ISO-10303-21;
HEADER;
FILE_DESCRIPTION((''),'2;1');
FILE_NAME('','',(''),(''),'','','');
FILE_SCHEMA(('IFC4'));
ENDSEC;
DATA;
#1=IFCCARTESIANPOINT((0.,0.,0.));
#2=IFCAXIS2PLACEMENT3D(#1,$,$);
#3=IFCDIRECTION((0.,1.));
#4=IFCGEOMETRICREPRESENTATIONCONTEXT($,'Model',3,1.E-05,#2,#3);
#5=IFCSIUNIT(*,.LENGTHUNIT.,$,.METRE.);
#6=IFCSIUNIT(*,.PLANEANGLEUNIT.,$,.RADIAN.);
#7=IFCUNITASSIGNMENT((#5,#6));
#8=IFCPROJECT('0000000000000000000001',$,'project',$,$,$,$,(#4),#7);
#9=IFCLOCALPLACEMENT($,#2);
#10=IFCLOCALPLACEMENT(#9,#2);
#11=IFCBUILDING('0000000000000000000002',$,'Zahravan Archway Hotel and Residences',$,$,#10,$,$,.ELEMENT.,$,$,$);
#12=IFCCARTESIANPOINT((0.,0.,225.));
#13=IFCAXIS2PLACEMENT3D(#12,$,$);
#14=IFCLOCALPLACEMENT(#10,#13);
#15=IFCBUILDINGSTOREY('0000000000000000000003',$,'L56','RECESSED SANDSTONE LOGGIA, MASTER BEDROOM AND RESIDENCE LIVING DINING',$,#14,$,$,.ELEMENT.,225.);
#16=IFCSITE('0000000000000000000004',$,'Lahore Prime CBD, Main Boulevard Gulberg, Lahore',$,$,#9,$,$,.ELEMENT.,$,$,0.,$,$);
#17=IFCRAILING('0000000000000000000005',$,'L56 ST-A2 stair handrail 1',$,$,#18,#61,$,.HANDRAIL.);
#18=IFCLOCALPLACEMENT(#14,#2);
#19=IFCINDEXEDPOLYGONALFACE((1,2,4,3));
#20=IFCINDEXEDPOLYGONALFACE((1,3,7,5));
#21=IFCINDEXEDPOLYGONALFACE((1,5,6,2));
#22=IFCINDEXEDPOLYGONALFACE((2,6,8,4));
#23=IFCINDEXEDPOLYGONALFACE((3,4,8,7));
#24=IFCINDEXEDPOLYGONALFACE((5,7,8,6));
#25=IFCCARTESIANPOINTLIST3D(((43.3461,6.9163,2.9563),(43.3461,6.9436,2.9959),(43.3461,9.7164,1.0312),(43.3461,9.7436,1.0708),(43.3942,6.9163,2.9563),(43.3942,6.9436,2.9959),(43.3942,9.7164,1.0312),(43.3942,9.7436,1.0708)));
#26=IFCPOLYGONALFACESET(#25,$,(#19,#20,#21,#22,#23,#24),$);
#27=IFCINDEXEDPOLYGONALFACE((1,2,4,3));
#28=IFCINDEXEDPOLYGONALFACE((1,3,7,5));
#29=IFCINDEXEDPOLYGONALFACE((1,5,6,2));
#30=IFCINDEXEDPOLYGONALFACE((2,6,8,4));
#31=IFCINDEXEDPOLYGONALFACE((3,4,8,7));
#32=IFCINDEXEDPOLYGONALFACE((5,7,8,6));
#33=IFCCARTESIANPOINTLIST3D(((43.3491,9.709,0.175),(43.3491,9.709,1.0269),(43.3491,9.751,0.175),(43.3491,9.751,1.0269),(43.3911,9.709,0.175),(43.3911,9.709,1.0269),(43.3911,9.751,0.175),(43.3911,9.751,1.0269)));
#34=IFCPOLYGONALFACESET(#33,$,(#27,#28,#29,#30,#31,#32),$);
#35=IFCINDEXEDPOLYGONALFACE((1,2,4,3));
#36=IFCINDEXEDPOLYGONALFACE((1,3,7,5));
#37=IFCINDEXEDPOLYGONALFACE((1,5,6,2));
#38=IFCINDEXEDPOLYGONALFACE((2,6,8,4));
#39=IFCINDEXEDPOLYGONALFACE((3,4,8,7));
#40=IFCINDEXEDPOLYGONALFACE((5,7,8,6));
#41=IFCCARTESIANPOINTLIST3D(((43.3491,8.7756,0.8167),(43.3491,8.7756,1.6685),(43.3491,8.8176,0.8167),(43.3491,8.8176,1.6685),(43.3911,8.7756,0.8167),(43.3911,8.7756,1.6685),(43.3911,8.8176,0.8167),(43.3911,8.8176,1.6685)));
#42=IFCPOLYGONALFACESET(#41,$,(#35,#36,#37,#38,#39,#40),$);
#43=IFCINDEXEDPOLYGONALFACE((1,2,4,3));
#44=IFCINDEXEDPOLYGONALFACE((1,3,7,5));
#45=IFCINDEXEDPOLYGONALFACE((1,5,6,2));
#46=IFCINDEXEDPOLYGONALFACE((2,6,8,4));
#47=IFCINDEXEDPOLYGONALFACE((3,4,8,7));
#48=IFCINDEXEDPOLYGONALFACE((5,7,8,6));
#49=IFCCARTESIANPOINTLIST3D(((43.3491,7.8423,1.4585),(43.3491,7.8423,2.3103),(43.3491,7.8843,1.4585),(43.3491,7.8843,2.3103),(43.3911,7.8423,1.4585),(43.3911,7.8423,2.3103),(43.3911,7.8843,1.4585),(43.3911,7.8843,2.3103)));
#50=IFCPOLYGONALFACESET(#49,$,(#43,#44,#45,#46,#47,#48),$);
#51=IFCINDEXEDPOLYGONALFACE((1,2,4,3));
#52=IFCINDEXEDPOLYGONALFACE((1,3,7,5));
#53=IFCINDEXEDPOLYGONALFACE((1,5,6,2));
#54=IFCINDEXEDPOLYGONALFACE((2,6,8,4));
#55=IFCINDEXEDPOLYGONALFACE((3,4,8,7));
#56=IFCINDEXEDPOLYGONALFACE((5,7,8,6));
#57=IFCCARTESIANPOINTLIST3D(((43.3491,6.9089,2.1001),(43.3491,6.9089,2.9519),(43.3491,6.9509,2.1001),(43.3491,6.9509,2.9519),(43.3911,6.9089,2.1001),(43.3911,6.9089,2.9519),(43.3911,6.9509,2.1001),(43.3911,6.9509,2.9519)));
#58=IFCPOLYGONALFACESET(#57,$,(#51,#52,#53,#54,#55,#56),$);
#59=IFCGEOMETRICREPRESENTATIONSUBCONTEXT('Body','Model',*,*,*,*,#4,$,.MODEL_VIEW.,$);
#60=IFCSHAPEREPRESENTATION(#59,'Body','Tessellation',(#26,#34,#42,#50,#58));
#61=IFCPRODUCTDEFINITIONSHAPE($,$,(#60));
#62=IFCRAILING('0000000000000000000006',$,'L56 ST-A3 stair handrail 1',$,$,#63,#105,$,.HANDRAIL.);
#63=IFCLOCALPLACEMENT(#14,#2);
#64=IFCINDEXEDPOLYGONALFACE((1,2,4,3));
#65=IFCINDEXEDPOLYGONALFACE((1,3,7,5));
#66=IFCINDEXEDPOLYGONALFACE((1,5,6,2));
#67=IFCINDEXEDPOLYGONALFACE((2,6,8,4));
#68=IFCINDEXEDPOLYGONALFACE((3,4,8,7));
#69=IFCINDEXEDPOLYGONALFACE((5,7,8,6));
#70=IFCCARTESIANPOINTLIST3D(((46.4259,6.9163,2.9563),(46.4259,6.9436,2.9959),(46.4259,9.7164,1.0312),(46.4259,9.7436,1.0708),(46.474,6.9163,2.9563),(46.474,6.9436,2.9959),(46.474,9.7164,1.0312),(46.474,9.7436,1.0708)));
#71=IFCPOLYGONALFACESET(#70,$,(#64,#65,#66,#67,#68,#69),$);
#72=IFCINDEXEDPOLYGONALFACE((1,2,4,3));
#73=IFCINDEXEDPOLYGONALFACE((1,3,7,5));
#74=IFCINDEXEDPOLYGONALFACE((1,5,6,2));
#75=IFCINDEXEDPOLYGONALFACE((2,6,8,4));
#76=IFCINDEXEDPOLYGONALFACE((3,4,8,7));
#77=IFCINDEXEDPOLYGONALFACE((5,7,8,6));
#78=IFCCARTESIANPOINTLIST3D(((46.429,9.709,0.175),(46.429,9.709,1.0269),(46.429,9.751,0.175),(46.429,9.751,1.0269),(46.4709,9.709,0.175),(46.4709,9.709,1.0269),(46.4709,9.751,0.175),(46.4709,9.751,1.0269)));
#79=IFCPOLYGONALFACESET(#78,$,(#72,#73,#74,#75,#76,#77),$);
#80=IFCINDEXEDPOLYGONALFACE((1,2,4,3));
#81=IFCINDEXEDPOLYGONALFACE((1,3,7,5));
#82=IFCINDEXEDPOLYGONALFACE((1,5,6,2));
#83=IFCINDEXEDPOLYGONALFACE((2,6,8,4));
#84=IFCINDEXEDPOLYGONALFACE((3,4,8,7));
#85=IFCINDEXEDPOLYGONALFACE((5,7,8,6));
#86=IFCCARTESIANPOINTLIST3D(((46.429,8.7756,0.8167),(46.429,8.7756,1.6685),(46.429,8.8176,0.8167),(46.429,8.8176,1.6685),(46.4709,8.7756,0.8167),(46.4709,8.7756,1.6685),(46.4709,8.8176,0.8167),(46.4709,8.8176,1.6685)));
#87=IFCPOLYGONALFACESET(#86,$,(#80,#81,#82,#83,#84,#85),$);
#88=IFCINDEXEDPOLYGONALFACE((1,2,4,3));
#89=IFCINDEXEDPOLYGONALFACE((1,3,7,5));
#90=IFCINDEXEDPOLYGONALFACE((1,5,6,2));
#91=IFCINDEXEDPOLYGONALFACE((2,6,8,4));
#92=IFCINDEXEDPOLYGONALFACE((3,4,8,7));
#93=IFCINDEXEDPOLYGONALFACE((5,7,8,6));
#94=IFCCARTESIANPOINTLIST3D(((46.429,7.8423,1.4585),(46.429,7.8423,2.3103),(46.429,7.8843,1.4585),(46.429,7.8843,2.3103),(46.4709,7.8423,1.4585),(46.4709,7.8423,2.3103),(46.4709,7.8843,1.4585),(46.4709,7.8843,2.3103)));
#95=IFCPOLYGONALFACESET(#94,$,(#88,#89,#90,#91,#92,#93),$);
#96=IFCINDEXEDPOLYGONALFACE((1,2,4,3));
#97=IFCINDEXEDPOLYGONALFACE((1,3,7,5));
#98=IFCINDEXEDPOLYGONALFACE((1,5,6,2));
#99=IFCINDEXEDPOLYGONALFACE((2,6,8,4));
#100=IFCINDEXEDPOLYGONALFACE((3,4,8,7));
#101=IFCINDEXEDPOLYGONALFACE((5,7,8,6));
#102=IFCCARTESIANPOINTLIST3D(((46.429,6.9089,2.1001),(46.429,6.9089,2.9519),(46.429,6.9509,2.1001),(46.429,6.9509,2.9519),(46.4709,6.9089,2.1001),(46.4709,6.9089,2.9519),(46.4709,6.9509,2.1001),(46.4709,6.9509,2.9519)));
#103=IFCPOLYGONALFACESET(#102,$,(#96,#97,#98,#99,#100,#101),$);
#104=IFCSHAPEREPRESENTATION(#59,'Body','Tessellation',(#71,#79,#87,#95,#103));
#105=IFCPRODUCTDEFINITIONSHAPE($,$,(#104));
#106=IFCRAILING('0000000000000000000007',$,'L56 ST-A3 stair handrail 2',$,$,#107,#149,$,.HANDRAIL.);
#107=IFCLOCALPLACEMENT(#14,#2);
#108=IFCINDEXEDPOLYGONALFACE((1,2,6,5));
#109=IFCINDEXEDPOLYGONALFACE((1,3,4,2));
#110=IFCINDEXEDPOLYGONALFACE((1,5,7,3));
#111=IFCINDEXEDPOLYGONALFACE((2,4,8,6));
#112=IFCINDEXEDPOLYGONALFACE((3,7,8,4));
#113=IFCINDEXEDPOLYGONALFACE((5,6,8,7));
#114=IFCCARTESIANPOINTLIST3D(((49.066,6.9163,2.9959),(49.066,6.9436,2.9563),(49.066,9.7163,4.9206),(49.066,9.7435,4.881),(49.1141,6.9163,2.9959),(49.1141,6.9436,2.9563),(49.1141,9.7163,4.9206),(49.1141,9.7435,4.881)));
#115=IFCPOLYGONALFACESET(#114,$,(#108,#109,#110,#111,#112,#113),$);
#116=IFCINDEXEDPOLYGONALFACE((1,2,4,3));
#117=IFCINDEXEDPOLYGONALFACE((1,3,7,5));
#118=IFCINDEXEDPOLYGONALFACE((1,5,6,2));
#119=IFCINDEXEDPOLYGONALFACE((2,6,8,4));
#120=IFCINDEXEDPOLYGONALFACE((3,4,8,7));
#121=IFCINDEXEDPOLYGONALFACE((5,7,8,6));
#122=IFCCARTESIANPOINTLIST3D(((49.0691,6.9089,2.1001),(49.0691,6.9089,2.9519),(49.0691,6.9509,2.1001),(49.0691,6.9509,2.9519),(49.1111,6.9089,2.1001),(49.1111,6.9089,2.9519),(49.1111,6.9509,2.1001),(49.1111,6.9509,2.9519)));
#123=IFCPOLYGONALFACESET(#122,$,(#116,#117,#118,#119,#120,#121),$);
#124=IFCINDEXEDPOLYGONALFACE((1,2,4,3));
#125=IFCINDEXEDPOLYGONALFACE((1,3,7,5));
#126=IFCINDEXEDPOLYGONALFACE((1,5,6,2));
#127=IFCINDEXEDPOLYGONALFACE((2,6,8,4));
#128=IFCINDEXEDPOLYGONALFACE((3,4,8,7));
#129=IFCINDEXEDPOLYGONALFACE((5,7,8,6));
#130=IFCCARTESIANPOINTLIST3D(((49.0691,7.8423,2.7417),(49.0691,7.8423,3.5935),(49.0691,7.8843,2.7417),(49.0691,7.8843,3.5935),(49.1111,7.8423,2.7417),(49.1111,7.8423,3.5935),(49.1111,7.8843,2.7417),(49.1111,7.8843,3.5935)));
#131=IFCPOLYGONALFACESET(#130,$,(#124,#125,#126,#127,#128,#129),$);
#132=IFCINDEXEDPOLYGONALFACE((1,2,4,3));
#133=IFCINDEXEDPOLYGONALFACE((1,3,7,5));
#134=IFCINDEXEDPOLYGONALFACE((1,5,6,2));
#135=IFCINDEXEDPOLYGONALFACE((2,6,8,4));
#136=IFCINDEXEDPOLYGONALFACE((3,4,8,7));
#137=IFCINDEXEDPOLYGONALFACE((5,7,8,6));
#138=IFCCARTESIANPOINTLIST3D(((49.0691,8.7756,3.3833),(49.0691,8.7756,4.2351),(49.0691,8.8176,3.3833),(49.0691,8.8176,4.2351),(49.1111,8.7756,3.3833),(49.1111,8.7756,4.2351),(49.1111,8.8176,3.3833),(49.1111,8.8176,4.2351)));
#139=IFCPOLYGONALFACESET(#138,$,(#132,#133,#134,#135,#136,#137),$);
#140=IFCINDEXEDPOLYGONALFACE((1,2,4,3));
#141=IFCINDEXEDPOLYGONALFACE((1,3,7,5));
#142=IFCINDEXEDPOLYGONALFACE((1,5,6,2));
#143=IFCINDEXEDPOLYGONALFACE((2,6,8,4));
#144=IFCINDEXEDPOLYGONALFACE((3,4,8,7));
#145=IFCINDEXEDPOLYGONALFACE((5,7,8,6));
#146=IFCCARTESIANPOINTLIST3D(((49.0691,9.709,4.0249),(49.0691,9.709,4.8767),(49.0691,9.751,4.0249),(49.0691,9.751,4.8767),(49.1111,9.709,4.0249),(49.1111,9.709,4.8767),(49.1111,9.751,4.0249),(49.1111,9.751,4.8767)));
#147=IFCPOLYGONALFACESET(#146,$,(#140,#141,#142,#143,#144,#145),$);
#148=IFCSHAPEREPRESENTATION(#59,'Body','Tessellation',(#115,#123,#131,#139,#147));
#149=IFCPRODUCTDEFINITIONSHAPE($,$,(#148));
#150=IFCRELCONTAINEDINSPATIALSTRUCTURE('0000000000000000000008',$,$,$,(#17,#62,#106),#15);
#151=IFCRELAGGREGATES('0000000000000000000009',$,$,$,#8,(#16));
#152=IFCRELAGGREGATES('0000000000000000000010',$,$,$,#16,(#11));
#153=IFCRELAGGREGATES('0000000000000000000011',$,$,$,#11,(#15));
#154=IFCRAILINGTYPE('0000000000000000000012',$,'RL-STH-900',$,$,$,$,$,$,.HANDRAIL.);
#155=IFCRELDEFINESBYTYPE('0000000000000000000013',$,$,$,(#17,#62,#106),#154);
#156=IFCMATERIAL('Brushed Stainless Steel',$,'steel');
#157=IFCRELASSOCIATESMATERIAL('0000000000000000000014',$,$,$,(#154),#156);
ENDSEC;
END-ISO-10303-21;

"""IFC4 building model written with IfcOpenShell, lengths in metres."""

from ifc_helpers import new_model, si_unit, direction, frame, origin, origin_2d, place, context, subcontext, project, spatial, rectangle, extrude, material, type_object, element, save


model = new_model("IFC4")

# Units and contexts
model_context = context("Model", 3, precision=1e-05, world=origin(), true_north=direction((0.0, 1.0)))
body_context = subcontext(model_context, "Body", "Model", "MODEL_VIEW")
ifc_project = project(units=[si_unit("LENGTHUNIT", "METRE"), si_unit("PLANEANGLEUNIT", "RADIAN")], contexts=[model_context])

# Site, building, storey
site_placement = place(None, origin())
site = spatial("IfcSite", under=ifc_project, at=site_placement, Name="Lahore Prime CBD, Main Boulevard Gulberg, Lahore", CompositionType="ELEMENT", RefElevation=0.0)
building_placement = place(site_placement, origin())
building = spatial("IfcBuilding", under=site, at=building_placement, Name="Zahravan Archway Hotel and Residences", CompositionType="ELEMENT")
storey_placement = place(building_placement, frame((0.0, 0.0, 225.0)))
storey = spatial("IfcBuildingStorey", under=building, at=storey_placement, Name="L56", Description="RECESSED SANDSTONE LOGGIA, MASTER BEDROOM AND RESIDENCE LIVING DINING", CompositionType="ELEMENT", Elevation=225.0)

# Railings
ifc_material_1 = material(Name="Brushed Stainless Steel", Category="steel")
railing_type_1 = type_object("IfcRailingType", Name="RL-STH-900", PredefinedType="HANDRAIL", material=ifc_material_1)
for number, where, name in (
    (1, (43.3701, 9.73, 0.175), "L56 ST-A2 stair handrail 1"),
    (2, (46.45, 9.73, 0.175), "L56 ST-A3 stair handrail 1"),
):
    element("IfcRailing", number, at=place(storey_placement, frame(where)), inside=storey, type_object=railing_type_1, Name=name, PredefinedType="HANDRAIL", context=body_context, shape_type="SweptSolid", body=[
        extrude(rectangle(XDim=0.0481, YDim=0.0481, at=origin_2d()), frame((0.0, 0.0, 0.876), z_axis=(0.0, -0.82404, 0.566532), x_axis=(1.0, 0.0, 0.0)), (0.0, 0.0, 1.0), 3.3979),
        extrude(rectangle(XDim=0.042, YDim=0.042, at=origin_2d()), origin(), (0.0, 0.0, 1.0), 0.8518),
        extrude(rectangle(XDim=0.042, YDim=0.042, at=origin_2d()), frame((0.0, -0.9333, 0.6416)), (0.0, 0.0, 1.0), 0.8518),
        extrude(rectangle(XDim=0.042, YDim=0.042, at=origin_2d()), frame((0.0, -1.8667, 1.2834)), (0.0, 0.0, 1.0), 0.8518),
        extrude(rectangle(XDim=0.042, YDim=0.042, at=origin_2d()), frame((0.0, -2.8, 1.925)), (0.0, 0.0, 1.0), 0.8518),
    ])
railing_1_placement = place(storey_placement, frame((49.0901, 6.9299, 2.1001)))
element("IfcRailing", 3, at=railing_1_placement, inside=storey, type_object=railing_type_1, Name="L56 ST-A3 stair handrail 2", PredefinedType="HANDRAIL", context=body_context, shape_type="SweptSolid", body=[
    extrude(rectangle(XDim=0.0481, YDim=0.0481, at=origin_2d()), frame((0.0, 0.0, 0.876), z_axis=(0.0, 0.824073, 0.566483), x_axis=(-1.0, 0.0, 0.0)), (0.0, 0.0, 1.0), 3.3977),
    extrude(rectangle(XDim=0.042, YDim=0.042, at=origin_2d()), origin(), (0.0, 0.0, 1.0), 0.8518),
    extrude(rectangle(XDim=0.042, YDim=0.042, at=origin_2d()), frame((0.0, 0.9333, 0.6416)), (0.0, 0.0, 1.0), 0.8518),
    extrude(rectangle(XDim=0.042, YDim=0.042, at=origin_2d()), frame((0.0, 1.8667, 1.2832)), (0.0, 0.0, 1.0), 0.8518),
    extrude(rectangle(XDim=0.042, YDim=0.042, at=origin_2d()), frame((0.0, 2.8, 1.9248)), (0.0, 0.0, 1.0), 0.8518),
])

save(model, "model.ifc")
